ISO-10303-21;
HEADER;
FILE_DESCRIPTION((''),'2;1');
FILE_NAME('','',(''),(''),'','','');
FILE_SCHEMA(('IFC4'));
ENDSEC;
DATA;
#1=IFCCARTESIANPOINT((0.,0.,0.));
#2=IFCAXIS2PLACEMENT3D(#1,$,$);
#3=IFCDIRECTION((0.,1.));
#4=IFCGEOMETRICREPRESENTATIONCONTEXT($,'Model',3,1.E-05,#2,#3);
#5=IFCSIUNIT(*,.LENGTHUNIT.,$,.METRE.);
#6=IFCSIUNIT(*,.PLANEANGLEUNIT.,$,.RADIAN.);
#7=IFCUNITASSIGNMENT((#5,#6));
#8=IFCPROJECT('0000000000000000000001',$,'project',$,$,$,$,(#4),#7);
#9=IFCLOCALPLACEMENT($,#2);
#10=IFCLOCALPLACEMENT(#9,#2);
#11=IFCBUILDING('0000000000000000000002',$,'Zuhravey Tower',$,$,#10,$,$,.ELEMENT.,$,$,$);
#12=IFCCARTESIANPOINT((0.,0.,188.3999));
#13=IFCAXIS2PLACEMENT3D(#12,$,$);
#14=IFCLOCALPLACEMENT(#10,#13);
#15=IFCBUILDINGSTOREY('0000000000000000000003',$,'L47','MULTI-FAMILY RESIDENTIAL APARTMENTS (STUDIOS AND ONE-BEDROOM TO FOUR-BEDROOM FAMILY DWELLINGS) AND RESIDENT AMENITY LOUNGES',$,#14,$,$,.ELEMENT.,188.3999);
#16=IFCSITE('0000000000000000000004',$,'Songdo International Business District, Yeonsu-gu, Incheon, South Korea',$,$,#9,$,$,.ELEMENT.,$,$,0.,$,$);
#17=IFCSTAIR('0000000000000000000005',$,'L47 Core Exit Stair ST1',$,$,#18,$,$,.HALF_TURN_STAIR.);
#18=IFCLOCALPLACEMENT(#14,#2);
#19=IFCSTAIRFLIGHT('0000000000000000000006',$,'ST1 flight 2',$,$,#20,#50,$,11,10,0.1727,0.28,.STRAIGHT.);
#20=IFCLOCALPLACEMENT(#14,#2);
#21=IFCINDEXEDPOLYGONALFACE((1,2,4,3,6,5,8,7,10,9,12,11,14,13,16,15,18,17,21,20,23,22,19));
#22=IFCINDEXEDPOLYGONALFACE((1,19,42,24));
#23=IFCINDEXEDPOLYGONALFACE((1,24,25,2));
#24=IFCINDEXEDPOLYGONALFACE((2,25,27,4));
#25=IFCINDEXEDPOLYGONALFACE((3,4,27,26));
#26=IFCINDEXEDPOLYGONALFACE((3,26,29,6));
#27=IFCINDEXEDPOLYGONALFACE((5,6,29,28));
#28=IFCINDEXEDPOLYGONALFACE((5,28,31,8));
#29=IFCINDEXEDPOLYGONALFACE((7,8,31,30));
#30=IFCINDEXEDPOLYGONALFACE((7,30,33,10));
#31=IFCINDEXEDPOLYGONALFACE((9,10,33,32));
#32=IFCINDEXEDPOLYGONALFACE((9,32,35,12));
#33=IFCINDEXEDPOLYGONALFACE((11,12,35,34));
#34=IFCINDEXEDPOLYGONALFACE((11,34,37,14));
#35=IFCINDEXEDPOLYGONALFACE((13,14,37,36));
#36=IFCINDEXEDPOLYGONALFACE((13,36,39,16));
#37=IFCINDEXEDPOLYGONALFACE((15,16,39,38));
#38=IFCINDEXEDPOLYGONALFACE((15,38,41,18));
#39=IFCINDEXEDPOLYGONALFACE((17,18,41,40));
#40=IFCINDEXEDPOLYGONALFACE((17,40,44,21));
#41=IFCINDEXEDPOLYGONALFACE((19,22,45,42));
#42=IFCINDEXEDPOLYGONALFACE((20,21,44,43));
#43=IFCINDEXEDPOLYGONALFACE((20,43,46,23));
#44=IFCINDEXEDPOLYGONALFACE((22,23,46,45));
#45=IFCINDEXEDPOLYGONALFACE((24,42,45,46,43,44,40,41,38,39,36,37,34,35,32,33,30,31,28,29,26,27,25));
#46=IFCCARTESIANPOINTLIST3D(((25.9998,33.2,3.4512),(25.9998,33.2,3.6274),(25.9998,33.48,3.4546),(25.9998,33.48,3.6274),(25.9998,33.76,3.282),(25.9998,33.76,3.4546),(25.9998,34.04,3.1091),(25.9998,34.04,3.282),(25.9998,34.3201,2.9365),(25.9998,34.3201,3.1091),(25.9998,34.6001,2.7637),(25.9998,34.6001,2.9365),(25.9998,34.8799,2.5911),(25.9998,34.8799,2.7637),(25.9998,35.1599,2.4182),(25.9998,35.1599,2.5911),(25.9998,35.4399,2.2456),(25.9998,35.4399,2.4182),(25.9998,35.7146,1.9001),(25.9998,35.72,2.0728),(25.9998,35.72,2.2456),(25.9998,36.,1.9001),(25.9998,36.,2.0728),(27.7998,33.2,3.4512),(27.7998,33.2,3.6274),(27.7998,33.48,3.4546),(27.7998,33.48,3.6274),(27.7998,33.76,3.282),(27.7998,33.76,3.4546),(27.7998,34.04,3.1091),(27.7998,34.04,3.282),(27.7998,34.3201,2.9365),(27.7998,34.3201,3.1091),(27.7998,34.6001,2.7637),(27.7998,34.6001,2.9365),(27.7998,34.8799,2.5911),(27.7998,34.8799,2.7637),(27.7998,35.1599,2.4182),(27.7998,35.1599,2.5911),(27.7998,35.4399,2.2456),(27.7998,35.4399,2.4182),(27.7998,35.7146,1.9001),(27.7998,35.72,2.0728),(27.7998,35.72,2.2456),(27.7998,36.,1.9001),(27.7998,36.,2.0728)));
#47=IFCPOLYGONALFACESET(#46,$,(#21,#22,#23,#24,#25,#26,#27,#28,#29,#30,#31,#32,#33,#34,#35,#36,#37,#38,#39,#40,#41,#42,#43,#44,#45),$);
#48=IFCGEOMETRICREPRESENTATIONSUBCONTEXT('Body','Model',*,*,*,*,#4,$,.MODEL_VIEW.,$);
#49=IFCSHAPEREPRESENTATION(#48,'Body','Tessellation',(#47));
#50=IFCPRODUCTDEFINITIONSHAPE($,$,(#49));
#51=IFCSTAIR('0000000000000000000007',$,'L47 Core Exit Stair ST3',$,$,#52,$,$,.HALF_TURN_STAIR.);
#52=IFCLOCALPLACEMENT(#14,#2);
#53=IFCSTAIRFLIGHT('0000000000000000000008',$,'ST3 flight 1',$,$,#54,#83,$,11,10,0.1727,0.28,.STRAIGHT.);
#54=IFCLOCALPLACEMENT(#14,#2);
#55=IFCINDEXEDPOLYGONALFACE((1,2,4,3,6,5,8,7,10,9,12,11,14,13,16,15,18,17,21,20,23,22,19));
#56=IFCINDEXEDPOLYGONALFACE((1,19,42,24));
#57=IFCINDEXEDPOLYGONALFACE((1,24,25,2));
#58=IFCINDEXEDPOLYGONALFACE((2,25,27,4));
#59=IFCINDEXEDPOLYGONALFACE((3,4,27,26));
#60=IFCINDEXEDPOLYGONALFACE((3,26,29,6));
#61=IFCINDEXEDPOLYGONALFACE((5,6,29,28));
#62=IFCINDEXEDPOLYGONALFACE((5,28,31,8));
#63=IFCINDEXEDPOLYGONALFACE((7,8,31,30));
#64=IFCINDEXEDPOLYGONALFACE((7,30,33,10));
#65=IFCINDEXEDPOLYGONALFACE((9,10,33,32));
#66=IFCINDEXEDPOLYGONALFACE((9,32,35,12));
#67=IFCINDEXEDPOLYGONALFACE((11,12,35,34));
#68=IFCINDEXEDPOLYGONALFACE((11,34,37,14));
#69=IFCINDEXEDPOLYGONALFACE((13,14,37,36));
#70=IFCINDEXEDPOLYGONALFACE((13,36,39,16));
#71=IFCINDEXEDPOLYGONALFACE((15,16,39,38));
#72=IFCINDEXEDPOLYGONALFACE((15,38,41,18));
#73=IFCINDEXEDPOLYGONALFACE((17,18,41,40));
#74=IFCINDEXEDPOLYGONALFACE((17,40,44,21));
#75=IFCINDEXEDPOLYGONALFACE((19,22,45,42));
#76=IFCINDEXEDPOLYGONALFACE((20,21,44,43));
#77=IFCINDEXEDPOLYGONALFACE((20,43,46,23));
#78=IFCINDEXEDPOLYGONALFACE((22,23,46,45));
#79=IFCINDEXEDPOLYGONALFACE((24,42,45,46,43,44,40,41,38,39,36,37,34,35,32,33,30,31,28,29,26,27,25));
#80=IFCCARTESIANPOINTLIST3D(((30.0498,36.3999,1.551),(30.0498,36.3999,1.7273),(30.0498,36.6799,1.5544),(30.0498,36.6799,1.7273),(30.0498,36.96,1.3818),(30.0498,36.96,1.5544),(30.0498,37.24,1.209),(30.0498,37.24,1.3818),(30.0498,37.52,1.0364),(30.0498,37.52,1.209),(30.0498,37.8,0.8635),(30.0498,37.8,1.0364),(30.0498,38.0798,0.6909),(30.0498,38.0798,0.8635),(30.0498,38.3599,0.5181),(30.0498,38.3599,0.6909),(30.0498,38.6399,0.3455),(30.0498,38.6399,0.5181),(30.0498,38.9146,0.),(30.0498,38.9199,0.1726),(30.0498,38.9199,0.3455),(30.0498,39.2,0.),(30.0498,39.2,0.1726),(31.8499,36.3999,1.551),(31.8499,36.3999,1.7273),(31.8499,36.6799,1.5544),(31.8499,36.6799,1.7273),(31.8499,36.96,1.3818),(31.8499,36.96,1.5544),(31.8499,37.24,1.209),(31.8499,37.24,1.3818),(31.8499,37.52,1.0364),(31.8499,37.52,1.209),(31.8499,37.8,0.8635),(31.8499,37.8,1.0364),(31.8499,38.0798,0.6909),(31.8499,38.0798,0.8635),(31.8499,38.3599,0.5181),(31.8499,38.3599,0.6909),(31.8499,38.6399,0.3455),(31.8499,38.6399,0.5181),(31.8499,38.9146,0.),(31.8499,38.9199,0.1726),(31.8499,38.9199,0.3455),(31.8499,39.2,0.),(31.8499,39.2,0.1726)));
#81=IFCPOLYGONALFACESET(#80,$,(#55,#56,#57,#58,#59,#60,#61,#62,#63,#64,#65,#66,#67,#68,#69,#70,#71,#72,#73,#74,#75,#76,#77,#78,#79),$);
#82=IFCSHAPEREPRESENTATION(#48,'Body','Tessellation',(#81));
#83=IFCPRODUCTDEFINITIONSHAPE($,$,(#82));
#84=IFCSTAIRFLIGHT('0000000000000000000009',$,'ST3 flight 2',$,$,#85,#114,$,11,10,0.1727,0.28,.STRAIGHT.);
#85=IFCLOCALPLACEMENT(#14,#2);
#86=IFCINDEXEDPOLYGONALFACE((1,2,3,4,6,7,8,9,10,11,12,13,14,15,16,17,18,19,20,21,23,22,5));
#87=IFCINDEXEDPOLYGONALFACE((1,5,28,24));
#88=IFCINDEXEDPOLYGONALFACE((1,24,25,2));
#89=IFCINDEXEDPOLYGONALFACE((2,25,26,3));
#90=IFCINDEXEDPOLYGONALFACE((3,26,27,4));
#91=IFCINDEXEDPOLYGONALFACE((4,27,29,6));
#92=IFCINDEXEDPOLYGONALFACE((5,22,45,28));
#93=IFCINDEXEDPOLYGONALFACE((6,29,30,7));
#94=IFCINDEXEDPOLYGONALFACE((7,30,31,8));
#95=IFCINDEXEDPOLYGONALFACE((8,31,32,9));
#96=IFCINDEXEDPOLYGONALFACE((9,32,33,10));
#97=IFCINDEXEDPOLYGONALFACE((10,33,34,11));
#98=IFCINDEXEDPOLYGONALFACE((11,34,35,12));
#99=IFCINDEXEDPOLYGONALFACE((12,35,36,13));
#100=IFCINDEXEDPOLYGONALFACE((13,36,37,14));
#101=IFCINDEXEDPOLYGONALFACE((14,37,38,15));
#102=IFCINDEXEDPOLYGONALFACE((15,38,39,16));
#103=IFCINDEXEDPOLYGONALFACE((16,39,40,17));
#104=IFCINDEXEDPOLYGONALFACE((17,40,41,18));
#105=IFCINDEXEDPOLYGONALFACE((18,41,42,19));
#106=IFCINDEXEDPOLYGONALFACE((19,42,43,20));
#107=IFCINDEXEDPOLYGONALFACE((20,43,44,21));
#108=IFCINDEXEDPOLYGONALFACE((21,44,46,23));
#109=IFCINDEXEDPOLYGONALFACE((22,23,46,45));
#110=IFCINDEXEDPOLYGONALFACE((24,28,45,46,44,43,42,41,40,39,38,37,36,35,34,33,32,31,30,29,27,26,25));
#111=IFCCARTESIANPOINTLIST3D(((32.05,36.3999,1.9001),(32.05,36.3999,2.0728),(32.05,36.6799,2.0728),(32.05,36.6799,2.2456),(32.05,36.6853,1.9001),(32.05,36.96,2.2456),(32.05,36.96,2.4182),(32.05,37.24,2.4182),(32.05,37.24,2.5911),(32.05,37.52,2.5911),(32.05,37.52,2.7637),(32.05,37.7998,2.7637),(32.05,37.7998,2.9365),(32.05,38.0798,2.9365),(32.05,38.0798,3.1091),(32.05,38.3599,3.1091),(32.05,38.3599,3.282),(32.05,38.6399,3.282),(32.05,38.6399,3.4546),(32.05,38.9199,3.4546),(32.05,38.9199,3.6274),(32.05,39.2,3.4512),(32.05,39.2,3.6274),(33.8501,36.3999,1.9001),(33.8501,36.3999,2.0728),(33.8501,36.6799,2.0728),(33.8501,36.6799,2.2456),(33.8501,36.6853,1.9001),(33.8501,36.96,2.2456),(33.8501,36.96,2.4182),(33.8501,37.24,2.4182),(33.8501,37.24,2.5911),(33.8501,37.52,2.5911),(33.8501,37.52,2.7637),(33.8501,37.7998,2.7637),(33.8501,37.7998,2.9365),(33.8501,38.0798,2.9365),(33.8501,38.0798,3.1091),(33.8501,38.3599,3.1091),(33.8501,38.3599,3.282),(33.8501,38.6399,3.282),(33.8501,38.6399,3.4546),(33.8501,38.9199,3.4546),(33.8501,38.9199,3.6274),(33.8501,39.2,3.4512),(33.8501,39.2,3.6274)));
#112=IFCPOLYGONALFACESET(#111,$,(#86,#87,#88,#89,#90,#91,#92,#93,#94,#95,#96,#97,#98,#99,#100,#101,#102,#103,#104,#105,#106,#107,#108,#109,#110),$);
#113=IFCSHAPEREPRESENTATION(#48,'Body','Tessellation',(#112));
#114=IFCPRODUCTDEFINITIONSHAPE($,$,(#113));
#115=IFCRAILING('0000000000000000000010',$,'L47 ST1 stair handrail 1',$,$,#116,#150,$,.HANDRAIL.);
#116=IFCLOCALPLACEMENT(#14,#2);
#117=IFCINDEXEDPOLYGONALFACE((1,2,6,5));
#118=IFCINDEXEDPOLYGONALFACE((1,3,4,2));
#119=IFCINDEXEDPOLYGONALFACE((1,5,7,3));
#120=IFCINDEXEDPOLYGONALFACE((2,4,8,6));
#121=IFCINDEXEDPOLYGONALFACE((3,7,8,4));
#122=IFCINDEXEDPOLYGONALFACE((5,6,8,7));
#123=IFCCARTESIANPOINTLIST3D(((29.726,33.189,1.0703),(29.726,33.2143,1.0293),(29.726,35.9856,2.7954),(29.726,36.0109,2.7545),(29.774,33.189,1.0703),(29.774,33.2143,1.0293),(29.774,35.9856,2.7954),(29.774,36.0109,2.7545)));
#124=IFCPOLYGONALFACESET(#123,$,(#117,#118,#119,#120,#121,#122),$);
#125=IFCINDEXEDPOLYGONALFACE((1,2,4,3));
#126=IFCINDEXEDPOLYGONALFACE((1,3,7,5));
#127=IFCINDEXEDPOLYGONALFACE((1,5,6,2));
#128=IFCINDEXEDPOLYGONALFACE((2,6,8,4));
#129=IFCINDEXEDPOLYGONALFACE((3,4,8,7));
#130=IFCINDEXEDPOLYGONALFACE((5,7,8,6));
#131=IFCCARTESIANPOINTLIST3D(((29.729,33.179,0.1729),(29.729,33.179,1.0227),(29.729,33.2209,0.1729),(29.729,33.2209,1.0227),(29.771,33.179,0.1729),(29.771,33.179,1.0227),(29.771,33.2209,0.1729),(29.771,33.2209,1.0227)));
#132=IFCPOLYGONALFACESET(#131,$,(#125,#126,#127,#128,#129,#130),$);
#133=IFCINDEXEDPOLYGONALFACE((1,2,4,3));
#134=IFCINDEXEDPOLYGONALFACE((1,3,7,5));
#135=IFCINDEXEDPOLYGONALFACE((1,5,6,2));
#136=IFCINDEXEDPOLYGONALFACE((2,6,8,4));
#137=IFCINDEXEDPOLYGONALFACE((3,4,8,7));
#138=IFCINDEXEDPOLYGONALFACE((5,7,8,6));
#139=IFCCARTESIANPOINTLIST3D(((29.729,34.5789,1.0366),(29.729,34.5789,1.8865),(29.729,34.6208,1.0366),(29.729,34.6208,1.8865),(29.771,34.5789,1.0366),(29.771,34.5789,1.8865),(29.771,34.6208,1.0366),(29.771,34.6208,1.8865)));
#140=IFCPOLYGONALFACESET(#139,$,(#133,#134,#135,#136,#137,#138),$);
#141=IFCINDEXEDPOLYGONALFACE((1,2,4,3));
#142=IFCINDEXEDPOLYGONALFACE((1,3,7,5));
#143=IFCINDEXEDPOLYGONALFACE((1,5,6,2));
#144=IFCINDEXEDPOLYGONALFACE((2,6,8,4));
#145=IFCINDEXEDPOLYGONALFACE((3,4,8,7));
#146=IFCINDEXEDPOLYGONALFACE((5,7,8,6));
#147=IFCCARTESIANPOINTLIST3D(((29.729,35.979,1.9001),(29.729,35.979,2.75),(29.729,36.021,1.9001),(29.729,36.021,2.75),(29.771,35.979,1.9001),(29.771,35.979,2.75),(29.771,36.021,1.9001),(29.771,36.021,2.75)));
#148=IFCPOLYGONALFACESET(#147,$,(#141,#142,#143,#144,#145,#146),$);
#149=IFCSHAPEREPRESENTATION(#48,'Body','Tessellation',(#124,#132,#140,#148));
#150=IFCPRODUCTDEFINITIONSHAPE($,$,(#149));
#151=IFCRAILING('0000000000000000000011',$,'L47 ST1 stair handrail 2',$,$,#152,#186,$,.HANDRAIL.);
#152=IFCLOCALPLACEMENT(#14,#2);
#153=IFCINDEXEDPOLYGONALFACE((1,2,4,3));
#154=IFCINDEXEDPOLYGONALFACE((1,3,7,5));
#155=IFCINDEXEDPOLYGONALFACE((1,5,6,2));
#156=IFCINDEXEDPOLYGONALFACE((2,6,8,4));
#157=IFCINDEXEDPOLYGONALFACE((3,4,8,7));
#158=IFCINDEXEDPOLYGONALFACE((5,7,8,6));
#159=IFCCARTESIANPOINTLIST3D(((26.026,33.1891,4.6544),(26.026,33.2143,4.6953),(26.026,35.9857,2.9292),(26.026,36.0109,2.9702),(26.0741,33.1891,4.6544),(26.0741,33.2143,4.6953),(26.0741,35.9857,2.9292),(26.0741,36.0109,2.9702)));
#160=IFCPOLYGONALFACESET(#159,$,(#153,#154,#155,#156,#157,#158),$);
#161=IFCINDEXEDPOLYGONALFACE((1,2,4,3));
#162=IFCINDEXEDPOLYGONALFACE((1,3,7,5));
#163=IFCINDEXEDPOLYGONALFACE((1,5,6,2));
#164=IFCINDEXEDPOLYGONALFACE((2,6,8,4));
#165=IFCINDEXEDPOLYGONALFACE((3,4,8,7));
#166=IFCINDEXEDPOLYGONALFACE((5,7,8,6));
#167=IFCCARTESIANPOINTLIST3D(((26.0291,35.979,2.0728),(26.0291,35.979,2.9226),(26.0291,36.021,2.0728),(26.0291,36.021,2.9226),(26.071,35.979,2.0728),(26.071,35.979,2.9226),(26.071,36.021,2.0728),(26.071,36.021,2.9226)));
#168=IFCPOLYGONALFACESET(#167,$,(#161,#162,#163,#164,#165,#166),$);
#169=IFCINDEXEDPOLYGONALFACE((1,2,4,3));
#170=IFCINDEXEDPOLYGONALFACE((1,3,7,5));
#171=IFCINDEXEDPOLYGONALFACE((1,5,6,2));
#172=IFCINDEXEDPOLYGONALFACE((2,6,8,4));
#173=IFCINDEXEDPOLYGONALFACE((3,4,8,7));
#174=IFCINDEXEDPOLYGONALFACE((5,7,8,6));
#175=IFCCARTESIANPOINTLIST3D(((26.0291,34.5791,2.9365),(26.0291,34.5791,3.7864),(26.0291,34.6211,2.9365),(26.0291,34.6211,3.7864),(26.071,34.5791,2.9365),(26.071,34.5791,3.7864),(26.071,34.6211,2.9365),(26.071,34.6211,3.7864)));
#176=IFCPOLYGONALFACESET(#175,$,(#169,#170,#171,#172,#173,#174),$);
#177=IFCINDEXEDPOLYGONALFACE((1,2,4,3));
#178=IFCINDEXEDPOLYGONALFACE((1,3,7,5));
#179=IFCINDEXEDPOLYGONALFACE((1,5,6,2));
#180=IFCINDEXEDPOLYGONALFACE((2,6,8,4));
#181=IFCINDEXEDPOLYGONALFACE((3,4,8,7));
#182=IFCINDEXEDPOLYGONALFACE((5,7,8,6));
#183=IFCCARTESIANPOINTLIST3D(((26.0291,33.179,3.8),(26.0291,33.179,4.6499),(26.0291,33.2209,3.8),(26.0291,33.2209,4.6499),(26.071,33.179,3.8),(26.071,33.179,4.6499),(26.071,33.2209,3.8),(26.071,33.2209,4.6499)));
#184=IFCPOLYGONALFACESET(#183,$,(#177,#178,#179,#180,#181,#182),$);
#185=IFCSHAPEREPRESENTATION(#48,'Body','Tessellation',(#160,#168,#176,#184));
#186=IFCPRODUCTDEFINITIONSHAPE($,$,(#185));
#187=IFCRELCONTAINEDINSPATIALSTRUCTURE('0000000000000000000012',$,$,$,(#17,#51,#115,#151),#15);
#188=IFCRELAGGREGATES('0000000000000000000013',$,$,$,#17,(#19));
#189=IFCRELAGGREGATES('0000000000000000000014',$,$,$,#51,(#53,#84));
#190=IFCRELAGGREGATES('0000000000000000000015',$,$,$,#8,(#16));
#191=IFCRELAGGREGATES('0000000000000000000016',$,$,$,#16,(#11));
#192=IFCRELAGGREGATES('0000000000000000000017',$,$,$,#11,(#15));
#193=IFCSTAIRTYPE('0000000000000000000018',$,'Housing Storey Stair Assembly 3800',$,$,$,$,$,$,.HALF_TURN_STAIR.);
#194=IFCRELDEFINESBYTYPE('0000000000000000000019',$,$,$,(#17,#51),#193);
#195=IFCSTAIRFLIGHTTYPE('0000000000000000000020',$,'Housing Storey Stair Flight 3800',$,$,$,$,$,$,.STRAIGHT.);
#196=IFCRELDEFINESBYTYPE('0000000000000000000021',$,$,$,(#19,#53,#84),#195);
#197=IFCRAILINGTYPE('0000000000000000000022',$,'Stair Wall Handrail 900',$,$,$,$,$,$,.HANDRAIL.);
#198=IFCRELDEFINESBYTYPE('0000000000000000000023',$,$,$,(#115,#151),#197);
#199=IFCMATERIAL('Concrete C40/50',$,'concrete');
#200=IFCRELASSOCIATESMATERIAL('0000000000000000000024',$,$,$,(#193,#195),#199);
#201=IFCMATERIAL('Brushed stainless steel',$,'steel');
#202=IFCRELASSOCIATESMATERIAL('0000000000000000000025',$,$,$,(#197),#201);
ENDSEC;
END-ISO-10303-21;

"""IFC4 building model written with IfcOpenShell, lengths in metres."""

from ifc_helpers import new_model, si_unit, direction, frame, origin, origin_2d, place, context, subcontext, project, spatial, polyline, rectangle, outline, extrude, material, type_object, element, aggregate, save


model = new_model("IFC4")

# Units and contexts
model_context = context("Model", 3, precision=1e-05, world=origin(), true_north=direction((0.0, 1.0)))
body_context = subcontext(model_context, "Body", "Model", "MODEL_VIEW")
ifc_project = project(units=[si_unit("LENGTHUNIT", "METRE"), si_unit("PLANEANGLEUNIT", "RADIAN")], contexts=[model_context])

# Site, building, storey
site_placement = place(None, origin())
site = spatial("IfcSite", under=ifc_project, at=site_placement, Name="Songdo International Business District, Yeonsu-gu, Incheon, South Korea", CompositionType="ELEMENT", RefElevation=0.0)
building_placement = place(site_placement, origin())
building = spatial("IfcBuilding", under=site, at=building_placement, Name="Zuhravey Tower", CompositionType="ELEMENT")
storey_placement = place(building_placement, frame((0.0, 0.0, 188.3999)))
storey = spatial("IfcBuildingStorey", under=building, at=storey_placement, Name="L47", Description="MULTI-FAMILY RESIDENTIAL APARTMENTS (STUDIOS AND ONE-BEDROOM TO FOUR-BEDROOM FAMILY DWELLINGS) AND RESIDENT AMENITY LOUNGES", CompositionType="ELEMENT", Elevation=188.3999)

# Stair, stair flight
ifc_material_1 = material(Name="Concrete C40/50", Category="concrete")
stair_type = type_object("IfcStairType", Name="Housing Storey Stair Assembly 3800", PredefinedType="HALF_TURN_STAIR", material=ifc_material_1)
stair_1_placement = place(storey_placement, origin())
stair_1 = element("IfcStair", 1, at=stair_1_placement, inside=storey, type_object=stair_type, Name="L47 Core Exit Stair ST1", PredefinedType="HALF_TURN_STAIR")
stair_flight_type = type_object("IfcStairFlightType", Name="Housing Storey Stair Flight 3800", PredefinedType="STRAIGHT", material=ifc_material_1)
stair_flight_1_placement = place(storey_placement, frame((26.8999, 36.0, 1.9001), z_axis=(0.0, 0.0, 1.0), x_axis=(0.0, -1.0, 0.0)))
stair_flight_1 = element("IfcStairFlight", 2, at=stair_flight_1_placement, type_object=stair_flight_type, Name="ST1 flight 2", NumberOfRisers=11, NumberOfTreads=10, PredefinedType="STRAIGHT", RiserHeight=0.1727, TreadLength=0.28, context=body_context, shape_type="SweptSolid", body=[
    extrude(outline(polyline([(0.0, 0.0), (0.0, 0.1726), (0.28, 0.1726), (0.28, 0.3455), (0.5601, 0.3455), (0.5601, 0.5181), (0.8401, 0.5181), (0.8401, 0.6909), (1.1201, 0.6909), (1.1201, 0.8635), (1.3999, 0.8635), (1.3999, 1.0364), (1.6799, 1.0364), (1.6799, 1.209), (1.96, 1.209), (1.96, 1.3818), (2.24, 1.3818), (2.24, 1.5544), (2.52, 1.5544), (2.52, 1.7273), (2.8, 1.7273), (2.8, 1.8999), (2.8, 1.551), (0.2854, 0.0), (0.0, 0.0)])), frame((0.0, 0.8999, 0.0), z_axis=(0.0, -1.0, 0.0), x_axis=(1.0, 0.0, 0.0)), (0.0, 0.0, 1.0), 1.8),
])
aggregate(stair_1, [stair_flight_1])

# Stair, stair flights
stair_2_placement = place(storey_placement, origin())
stair_2 = element("IfcStair", 3, at=stair_2_placement, inside=storey, type_object=stair_type, Name="L47 Core Exit Stair ST3", PredefinedType="HALF_TURN_STAIR")
stair_flight_2_placement = place(storey_placement, frame((30.95, 39.2, 0.0), z_axis=(0.0, 0.0, 1.0), x_axis=(0.0, -1.0, 0.0)))
stair_flight_2 = element("IfcStairFlight", 4, at=stair_flight_2_placement, type_object=stair_flight_type, Name="ST3 flight 1", NumberOfRisers=11, NumberOfTreads=10, PredefinedType="STRAIGHT", RiserHeight=0.1727, TreadLength=0.28, context=body_context, shape_type="SweptSolid", body=[
    extrude(outline(polyline([(0.0, 0.0), (0.0, 0.1726), (0.28, 0.1726), (0.28, 0.3455), (0.5601, 0.3455), (0.5601, 0.5181), (0.8401, 0.5181), (0.8401, 0.6909), (1.1201, 0.6909), (1.1201, 0.8635), (1.3999, 0.8635), (1.3999, 1.0364), (1.6799, 1.0364), (1.6799, 1.209), (1.96, 1.209), (1.96, 1.3818), (2.24, 1.3818), (2.24, 1.5544), (2.52, 1.5544), (2.52, 1.7273), (2.8, 1.7273), (2.8, 1.8999), (2.8, 1.551), (0.2854, 0.0), (0.0, 0.0)])), frame((0.0, 0.8999, 0.0), z_axis=(0.0, -1.0, 0.0), x_axis=(1.0, 0.0, 0.0)), (0.0, 0.0, 1.0), 1.8),
])
stair_flight_3_placement = place(storey_placement, frame((32.95, 36.3999, 1.9001), z_axis=(0.0, 0.0, 1.0), x_axis=(0.0, 1.0, 0.0)))
stair_flight_3 = element("IfcStairFlight", 5, at=stair_flight_3_placement, type_object=stair_flight_type, Name="ST3 flight 2", NumberOfRisers=11, NumberOfTreads=10, PredefinedType="STRAIGHT", RiserHeight=0.1727, TreadLength=0.28, context=body_context, shape_type="SweptSolid", body=[
    extrude(outline(polyline([(0.0, 0.0), (0.0, 0.1726), (0.28, 0.1726), (0.28, 0.3455), (0.5601, 0.3455), (0.5601, 0.5181), (0.8401, 0.5181), (0.8401, 0.6909), (1.1201, 0.6909), (1.1201, 0.8635), (1.3999, 0.8635), (1.3999, 1.0364), (1.6799, 1.0364), (1.6799, 1.209), (1.96, 1.209), (1.96, 1.3818), (2.24, 1.3818), (2.24, 1.5544), (2.52, 1.5544), (2.52, 1.7273), (2.8, 1.7273), (2.8, 1.8999), (2.8, 1.551), (0.2854, 0.0), (0.0, 0.0)])), frame((0.0, 0.8999, 0.0), z_axis=(0.0, -1.0, 0.0), x_axis=(1.0, 0.0, 0.0)), (0.0, 0.0, 1.0), 1.8),
])
aggregate(stair_2, [stair_flight_2, stair_flight_3])

# Railings
ifc_material_2 = material(Name="Brushed stainless steel", Category="steel")
railing_type_1 = type_object("IfcRailingType", Name="Stair Wall Handrail 900", PredefinedType="HANDRAIL", material=ifc_material_2)
railing_1_placement = place(storey_placement, frame((29.75, 33.2, 0.1729)))
element("IfcRailing", 6, at=railing_1_placement, inside=storey, type_object=railing_type_1, Name="L47 ST1 stair handrail 1", PredefinedType="HANDRAIL", context=body_context, shape_type="SweptSolid", body=[
    extrude(rectangle(XDim=0.0481, YDim=0.0481, at=origin_2d()), frame((0.0, 0.0017, 0.877), z_axis=(0.0, 0.85109, 0.52502), x_axis=(-1.0, 0.0, 0.0)), (0.0, 0.0, 1.0), 3.2859),
    extrude(rectangle(XDim=0.042, YDim=0.042, at=origin_2d()), origin(), (0.0, 0.0, 1.0), 0.8499),
    extrude(rectangle(XDim=0.042, YDim=0.042, at=origin_2d()), frame((0.0, 1.3999, 0.8638)), (0.0, 0.0, 1.0), 0.8499),
    extrude(rectangle(XDim=0.042, YDim=0.042, at=origin_2d()), frame((0.0, 2.8, 1.7273)), (0.0, 0.0, 1.0), 0.8499),
])
for number, where, name in (
    (7, (26.05, 36.0, 2.0728), "L47 ST1 stair handrail 2"),
):
    element("IfcRailing", number, at=place(storey_placement, frame(where)), inside=storey, type_object=railing_type_1, Name=name, PredefinedType="HANDRAIL", context=body_context, shape_type="SweptSolid", body=[
        extrude(rectangle(XDim=0.0481, YDim=0.0481, at=origin_2d()), frame((0.0, -0.0017, 0.877), z_axis=(0.0, -0.85109, 0.52502), x_axis=(1.0, 0.0, 0.0)), (0.0, 0.0, 1.0), 3.2859),
        extrude(rectangle(XDim=0.042, YDim=0.042, at=origin_2d()), origin(), (0.0, 0.0, 1.0), 0.8499),
        extrude(rectangle(XDim=0.042, YDim=0.042, at=origin_2d()), frame((0.0, -1.3999, 0.8638)), (0.0, 0.0, 1.0), 0.8499),
        extrude(rectangle(XDim=0.042, YDim=0.042, at=origin_2d()), frame((0.0, -2.8, 1.7273)), (0.0, 0.0, 1.0), 0.8499),
    ])

save(model, "model.ifc")
